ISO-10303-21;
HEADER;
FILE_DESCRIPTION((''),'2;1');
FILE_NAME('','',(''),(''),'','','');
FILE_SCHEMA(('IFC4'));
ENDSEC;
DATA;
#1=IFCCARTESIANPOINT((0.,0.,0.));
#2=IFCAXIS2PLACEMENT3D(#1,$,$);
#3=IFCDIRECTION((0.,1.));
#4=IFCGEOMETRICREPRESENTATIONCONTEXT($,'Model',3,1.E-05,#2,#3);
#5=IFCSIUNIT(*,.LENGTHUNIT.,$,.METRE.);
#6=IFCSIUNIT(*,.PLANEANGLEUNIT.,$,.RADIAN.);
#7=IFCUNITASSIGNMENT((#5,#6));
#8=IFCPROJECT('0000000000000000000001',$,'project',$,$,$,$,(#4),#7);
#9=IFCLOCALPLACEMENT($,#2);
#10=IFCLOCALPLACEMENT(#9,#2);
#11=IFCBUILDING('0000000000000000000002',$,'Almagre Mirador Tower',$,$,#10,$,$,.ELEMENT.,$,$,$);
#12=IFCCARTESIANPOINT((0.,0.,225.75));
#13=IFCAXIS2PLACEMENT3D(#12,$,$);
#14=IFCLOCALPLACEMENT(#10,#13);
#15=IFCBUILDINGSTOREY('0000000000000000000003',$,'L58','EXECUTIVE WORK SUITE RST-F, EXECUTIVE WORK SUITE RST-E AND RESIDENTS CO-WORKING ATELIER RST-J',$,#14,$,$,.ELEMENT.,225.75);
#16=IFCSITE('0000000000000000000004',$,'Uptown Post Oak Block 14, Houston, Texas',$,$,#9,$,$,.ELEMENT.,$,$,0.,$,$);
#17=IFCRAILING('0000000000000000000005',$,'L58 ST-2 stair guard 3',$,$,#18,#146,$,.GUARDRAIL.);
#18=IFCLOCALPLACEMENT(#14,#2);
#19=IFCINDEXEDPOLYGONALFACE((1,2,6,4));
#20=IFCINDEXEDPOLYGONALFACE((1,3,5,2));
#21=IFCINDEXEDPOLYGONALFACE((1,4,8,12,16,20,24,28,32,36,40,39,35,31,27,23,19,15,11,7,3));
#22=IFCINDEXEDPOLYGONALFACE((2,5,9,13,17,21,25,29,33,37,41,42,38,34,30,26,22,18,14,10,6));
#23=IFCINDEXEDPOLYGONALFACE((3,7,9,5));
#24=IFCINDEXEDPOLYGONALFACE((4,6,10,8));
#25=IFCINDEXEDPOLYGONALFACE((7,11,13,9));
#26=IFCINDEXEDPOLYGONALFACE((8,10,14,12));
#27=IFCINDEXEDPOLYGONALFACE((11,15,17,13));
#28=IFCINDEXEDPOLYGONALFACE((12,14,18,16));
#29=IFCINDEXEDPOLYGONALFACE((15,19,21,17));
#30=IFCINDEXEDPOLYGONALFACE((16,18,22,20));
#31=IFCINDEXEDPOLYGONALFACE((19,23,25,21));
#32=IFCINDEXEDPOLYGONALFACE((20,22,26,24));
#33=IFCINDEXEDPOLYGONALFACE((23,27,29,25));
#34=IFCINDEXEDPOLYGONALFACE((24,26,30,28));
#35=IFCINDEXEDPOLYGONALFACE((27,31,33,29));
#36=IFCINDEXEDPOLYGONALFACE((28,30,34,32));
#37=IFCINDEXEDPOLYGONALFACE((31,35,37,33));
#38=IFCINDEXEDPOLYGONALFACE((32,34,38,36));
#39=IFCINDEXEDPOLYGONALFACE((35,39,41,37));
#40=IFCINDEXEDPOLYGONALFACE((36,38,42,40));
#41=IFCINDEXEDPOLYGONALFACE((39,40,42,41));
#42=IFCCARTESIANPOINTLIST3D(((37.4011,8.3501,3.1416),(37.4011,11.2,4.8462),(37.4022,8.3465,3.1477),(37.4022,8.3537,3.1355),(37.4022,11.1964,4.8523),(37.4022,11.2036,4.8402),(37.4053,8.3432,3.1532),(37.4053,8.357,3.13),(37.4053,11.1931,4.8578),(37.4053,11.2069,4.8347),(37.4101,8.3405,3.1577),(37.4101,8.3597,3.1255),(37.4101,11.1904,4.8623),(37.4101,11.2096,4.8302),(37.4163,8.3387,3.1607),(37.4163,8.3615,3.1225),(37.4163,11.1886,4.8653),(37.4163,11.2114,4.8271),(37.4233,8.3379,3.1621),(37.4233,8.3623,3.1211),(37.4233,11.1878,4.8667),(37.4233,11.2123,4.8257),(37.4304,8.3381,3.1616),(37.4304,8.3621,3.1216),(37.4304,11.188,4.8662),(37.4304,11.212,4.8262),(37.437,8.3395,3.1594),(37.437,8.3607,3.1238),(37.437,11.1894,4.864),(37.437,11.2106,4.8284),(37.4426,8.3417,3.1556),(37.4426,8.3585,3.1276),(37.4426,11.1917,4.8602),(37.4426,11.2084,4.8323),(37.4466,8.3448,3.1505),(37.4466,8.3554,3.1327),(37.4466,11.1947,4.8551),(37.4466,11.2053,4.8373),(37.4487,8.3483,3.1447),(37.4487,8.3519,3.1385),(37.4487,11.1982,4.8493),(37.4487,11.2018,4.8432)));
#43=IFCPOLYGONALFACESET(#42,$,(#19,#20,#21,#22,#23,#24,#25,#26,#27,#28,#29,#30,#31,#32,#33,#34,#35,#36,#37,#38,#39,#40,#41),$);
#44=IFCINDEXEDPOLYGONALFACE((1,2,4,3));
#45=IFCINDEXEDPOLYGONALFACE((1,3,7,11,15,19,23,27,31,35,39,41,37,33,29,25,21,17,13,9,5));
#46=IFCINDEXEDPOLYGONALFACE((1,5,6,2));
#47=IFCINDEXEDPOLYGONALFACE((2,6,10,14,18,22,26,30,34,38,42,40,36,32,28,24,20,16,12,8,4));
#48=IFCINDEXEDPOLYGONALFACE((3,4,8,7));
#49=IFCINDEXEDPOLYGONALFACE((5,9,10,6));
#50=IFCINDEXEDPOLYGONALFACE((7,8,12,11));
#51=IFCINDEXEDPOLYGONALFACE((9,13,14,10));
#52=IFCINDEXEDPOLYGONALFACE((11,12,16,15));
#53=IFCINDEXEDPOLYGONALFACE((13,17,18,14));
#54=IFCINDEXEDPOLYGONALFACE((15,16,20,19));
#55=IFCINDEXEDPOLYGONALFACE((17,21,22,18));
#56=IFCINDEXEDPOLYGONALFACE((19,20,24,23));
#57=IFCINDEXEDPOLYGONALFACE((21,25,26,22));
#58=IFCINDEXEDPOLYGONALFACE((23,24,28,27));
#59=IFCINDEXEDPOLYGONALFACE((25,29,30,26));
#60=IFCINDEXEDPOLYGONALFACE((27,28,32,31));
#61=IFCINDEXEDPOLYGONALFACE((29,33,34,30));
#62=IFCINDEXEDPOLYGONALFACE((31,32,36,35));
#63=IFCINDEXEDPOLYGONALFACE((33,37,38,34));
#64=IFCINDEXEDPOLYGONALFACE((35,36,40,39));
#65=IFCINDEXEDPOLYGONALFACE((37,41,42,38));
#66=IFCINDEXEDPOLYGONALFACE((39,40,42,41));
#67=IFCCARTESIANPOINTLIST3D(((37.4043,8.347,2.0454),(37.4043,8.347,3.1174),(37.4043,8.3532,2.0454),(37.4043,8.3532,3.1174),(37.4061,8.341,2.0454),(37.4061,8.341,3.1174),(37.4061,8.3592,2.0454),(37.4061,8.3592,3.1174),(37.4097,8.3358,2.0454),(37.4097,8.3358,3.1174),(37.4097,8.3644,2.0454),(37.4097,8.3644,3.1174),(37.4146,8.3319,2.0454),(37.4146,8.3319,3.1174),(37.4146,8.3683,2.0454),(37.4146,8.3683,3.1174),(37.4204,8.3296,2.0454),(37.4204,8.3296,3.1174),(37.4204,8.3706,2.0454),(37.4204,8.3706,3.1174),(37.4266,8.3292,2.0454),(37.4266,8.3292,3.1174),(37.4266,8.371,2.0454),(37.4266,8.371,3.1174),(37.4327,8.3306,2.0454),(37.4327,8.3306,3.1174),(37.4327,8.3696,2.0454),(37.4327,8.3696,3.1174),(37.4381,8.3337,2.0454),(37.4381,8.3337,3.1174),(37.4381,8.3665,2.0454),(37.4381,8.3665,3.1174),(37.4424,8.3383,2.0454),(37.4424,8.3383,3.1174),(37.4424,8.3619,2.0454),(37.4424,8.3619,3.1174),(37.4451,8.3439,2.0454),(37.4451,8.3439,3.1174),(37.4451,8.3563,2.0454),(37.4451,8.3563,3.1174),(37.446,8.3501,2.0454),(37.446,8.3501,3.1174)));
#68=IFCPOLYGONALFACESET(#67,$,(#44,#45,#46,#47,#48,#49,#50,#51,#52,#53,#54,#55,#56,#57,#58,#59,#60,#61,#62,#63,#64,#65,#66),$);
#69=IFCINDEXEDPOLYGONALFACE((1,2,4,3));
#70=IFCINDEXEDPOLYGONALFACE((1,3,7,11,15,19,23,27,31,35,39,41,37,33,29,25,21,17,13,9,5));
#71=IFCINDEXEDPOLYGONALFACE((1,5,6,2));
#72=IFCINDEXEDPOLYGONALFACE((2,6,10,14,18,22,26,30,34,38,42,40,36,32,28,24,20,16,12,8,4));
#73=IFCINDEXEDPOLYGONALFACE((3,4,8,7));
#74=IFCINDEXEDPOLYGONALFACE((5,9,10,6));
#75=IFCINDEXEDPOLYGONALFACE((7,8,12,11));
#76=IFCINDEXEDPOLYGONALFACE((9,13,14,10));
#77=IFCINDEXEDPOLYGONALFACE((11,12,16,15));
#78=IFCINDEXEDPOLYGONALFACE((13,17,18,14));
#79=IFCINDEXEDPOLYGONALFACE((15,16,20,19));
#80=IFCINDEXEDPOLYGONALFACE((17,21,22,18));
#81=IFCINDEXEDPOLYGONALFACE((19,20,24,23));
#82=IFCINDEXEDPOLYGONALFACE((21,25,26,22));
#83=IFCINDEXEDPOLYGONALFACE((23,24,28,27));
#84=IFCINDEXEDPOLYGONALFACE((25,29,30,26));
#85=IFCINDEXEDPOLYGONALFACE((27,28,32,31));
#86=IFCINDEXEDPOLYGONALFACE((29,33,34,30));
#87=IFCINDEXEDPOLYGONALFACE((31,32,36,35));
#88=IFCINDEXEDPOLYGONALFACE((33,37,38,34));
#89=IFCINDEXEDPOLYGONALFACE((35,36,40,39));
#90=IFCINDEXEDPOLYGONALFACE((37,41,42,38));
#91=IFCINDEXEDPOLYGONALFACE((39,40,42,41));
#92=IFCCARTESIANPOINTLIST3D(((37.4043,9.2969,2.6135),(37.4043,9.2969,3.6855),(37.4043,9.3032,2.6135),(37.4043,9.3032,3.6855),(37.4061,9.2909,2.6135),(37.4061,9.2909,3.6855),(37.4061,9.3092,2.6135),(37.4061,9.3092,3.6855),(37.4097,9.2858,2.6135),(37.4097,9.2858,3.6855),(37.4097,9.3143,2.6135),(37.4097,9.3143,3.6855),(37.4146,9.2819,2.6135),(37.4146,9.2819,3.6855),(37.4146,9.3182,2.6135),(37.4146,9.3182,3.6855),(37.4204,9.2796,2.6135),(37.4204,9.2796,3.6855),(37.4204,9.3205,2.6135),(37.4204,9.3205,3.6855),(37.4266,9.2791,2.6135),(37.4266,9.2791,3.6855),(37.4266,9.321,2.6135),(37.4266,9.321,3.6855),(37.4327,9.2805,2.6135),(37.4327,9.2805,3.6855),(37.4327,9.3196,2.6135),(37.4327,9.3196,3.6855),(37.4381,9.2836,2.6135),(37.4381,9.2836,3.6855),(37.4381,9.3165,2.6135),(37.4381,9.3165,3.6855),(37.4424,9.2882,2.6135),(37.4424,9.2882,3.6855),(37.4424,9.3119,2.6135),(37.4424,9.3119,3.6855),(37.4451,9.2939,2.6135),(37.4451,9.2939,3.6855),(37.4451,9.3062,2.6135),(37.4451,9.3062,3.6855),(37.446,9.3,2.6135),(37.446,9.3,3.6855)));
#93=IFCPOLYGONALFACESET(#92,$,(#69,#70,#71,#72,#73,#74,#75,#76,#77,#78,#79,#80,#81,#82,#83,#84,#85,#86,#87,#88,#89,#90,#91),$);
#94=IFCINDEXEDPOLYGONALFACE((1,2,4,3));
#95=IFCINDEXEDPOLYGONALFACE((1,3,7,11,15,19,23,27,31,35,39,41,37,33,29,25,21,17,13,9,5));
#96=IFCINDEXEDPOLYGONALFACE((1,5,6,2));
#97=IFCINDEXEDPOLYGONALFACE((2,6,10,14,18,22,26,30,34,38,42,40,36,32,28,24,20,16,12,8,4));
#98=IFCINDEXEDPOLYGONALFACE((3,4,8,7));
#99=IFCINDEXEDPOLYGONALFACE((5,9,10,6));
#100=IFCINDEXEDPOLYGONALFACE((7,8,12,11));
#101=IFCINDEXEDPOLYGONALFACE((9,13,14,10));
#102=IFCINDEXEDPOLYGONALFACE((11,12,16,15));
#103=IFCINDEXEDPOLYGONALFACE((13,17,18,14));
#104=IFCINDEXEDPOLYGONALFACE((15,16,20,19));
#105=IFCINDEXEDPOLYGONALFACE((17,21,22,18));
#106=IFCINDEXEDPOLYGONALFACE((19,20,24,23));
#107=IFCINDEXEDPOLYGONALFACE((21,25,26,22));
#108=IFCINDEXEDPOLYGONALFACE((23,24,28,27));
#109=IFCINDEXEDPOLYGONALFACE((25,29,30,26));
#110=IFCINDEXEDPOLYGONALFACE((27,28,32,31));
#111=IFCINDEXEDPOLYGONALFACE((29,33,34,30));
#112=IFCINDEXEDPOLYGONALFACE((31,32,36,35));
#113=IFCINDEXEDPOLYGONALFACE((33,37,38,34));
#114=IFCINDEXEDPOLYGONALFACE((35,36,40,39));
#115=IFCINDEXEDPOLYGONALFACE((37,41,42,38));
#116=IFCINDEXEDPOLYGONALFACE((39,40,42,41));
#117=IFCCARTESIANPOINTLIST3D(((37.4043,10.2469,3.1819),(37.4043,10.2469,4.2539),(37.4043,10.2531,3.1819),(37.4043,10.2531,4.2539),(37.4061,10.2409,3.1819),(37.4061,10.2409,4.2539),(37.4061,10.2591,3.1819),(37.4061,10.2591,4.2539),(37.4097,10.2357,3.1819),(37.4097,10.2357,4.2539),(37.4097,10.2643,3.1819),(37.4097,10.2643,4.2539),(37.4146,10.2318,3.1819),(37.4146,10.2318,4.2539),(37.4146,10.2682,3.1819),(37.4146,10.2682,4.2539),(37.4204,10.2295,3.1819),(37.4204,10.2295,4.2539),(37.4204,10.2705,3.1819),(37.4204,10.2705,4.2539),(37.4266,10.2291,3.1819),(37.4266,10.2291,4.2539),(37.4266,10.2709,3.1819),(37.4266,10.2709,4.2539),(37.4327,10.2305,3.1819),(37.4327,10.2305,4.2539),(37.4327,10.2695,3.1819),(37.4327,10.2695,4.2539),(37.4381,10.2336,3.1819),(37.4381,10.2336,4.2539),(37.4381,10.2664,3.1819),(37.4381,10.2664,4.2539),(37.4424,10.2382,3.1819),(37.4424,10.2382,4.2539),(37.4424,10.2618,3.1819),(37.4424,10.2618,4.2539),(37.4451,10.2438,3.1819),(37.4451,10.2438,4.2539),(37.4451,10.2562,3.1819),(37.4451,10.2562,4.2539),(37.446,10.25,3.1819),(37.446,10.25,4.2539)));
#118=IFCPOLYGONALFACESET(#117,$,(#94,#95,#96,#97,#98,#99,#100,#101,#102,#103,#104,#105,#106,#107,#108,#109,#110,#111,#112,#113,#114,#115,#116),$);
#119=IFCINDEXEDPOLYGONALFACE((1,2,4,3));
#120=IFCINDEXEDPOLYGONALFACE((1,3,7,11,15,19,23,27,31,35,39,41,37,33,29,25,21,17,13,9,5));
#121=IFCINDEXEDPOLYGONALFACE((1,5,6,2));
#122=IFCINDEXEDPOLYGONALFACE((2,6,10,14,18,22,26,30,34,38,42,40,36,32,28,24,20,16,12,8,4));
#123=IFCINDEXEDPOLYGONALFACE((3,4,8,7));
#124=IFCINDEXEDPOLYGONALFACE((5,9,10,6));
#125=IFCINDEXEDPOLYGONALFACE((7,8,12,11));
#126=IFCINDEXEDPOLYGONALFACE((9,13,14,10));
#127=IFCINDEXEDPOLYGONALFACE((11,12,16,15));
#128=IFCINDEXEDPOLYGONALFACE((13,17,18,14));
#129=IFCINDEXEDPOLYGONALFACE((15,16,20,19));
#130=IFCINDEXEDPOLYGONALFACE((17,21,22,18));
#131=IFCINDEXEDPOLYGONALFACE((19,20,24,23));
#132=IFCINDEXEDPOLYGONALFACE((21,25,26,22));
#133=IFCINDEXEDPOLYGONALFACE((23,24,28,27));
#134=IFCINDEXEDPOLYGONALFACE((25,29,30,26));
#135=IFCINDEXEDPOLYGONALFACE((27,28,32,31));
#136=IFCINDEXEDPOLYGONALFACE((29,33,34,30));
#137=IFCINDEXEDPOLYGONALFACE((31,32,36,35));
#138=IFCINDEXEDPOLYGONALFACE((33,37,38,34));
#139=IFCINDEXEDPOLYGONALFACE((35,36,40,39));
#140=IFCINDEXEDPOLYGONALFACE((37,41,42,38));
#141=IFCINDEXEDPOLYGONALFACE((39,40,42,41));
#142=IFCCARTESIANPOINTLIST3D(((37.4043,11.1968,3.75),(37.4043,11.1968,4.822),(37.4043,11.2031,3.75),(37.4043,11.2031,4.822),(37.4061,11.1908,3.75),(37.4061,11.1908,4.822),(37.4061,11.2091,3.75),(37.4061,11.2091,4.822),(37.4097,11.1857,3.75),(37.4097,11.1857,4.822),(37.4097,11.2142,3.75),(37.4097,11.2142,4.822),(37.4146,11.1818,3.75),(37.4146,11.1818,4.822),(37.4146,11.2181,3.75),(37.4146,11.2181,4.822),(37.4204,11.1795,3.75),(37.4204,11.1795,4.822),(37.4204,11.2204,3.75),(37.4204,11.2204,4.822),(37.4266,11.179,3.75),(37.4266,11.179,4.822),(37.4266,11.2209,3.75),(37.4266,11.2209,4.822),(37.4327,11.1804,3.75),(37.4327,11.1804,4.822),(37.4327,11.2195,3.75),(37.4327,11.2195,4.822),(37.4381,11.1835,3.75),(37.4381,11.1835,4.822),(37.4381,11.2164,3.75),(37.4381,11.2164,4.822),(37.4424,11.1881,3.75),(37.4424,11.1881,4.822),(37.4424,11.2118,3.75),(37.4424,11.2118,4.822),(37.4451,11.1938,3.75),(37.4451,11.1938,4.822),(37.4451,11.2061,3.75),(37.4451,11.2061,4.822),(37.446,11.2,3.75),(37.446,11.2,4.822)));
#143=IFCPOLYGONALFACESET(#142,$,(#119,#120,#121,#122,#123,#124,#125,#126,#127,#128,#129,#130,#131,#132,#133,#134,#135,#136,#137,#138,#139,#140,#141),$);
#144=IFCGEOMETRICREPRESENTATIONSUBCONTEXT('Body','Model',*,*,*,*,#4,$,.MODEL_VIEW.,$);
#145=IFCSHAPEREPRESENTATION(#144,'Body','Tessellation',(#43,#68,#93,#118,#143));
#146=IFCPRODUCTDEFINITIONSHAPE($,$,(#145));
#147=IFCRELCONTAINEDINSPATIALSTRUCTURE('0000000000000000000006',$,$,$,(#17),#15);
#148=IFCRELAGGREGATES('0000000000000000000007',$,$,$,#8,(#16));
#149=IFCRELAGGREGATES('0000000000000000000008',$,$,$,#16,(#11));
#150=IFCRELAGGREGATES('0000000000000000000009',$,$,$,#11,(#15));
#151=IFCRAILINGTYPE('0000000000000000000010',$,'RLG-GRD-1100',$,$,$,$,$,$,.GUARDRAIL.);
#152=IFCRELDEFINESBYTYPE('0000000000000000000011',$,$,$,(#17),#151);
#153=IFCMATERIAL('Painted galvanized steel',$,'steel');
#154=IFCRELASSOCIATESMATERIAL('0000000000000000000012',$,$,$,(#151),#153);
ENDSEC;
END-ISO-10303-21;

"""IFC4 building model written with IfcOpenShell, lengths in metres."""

from ifc_helpers import new_model, si_unit, direction, frame, origin, origin_2d, place, context, subcontext, project, spatial, circle, extrude, material, type_object, element, save


model = new_model("IFC4")

# Units and contexts
model_context = context("Model", 3, precision=1e-05, world=origin(), true_north=direction((0.0, 1.0)))
body_context = subcontext(model_context, "Body", "Model", "MODEL_VIEW")
ifc_project = project(units=[si_unit("LENGTHUNIT", "METRE"), si_unit("PLANEANGLEUNIT", "RADIAN")], contexts=[model_context])

# Site, building, storey
site_placement = place(None, origin())
site = spatial("IfcSite", under=ifc_project, at=site_placement, Name="Uptown Post Oak Block 14, Houston, Texas", CompositionType="ELEMENT", RefElevation=0.0)
building_placement = place(site_placement, origin())
building = spatial("IfcBuilding", under=site, at=building_placement, Name="Almagre Mirador Tower", CompositionType="ELEMENT")
storey_placement = place(building_placement, frame((0.0, 0.0, 225.75)))
storey = spatial("IfcBuildingStorey", under=building, at=storey_placement, Name="L58", Description="EXECUTIVE WORK SUITE RST-F, EXECUTIVE WORK SUITE RST-E AND RESIDENTS CO-WORKING ATELIER RST-J", CompositionType="ELEMENT", Elevation=225.75)

# Railing
ifc_material_1 = material(Name="Painted galvanized steel", Category="steel")
railing_type_1 = type_object("IfcRailingType", Name="RLG-GRD-1100", PredefinedType="GUARDRAIL", material=ifc_material_1)
railing_1_placement = place(storey_placement, frame((37.425, 8.3501, 2.0454)))
element("IfcRailing", 1, at=railing_1_placement, inside=storey, type_object=railing_type_1, Name="L58 ST-2 stair guard 3", PredefinedType="GUARDRAIL", context=body_context, shape_type="SweptSolid", body=[
    extrude(circle(Radius=0.0239, at=origin_2d()), frame((0.0, 0.0, 1.0962), z_axis=(0.0, 0.858199, 0.513317), x_axis=(-1.0, 0.0, 0.0)), (0.0, 0.0, 1.0), 3.3208),
    extrude(circle(Radius=0.021, at=origin_2d()), origin(), (0.0, 0.0, 1.0), 1.072),
    extrude(circle(Radius=0.021, at=origin_2d()), frame((0.0, 0.95, 0.5681)), (0.0, 0.0, 1.0), 1.072),
    extrude(circle(Radius=0.021, at=origin_2d()), frame((0.0, 1.8999, 1.1365)), (0.0, 0.0, 1.0), 1.072),
    extrude(circle(Radius=0.021, at=origin_2d()), frame((0.0, 2.8499, 1.7046)), (0.0, 0.0, 1.0), 1.072),
])

save(model, "model.ifc")
